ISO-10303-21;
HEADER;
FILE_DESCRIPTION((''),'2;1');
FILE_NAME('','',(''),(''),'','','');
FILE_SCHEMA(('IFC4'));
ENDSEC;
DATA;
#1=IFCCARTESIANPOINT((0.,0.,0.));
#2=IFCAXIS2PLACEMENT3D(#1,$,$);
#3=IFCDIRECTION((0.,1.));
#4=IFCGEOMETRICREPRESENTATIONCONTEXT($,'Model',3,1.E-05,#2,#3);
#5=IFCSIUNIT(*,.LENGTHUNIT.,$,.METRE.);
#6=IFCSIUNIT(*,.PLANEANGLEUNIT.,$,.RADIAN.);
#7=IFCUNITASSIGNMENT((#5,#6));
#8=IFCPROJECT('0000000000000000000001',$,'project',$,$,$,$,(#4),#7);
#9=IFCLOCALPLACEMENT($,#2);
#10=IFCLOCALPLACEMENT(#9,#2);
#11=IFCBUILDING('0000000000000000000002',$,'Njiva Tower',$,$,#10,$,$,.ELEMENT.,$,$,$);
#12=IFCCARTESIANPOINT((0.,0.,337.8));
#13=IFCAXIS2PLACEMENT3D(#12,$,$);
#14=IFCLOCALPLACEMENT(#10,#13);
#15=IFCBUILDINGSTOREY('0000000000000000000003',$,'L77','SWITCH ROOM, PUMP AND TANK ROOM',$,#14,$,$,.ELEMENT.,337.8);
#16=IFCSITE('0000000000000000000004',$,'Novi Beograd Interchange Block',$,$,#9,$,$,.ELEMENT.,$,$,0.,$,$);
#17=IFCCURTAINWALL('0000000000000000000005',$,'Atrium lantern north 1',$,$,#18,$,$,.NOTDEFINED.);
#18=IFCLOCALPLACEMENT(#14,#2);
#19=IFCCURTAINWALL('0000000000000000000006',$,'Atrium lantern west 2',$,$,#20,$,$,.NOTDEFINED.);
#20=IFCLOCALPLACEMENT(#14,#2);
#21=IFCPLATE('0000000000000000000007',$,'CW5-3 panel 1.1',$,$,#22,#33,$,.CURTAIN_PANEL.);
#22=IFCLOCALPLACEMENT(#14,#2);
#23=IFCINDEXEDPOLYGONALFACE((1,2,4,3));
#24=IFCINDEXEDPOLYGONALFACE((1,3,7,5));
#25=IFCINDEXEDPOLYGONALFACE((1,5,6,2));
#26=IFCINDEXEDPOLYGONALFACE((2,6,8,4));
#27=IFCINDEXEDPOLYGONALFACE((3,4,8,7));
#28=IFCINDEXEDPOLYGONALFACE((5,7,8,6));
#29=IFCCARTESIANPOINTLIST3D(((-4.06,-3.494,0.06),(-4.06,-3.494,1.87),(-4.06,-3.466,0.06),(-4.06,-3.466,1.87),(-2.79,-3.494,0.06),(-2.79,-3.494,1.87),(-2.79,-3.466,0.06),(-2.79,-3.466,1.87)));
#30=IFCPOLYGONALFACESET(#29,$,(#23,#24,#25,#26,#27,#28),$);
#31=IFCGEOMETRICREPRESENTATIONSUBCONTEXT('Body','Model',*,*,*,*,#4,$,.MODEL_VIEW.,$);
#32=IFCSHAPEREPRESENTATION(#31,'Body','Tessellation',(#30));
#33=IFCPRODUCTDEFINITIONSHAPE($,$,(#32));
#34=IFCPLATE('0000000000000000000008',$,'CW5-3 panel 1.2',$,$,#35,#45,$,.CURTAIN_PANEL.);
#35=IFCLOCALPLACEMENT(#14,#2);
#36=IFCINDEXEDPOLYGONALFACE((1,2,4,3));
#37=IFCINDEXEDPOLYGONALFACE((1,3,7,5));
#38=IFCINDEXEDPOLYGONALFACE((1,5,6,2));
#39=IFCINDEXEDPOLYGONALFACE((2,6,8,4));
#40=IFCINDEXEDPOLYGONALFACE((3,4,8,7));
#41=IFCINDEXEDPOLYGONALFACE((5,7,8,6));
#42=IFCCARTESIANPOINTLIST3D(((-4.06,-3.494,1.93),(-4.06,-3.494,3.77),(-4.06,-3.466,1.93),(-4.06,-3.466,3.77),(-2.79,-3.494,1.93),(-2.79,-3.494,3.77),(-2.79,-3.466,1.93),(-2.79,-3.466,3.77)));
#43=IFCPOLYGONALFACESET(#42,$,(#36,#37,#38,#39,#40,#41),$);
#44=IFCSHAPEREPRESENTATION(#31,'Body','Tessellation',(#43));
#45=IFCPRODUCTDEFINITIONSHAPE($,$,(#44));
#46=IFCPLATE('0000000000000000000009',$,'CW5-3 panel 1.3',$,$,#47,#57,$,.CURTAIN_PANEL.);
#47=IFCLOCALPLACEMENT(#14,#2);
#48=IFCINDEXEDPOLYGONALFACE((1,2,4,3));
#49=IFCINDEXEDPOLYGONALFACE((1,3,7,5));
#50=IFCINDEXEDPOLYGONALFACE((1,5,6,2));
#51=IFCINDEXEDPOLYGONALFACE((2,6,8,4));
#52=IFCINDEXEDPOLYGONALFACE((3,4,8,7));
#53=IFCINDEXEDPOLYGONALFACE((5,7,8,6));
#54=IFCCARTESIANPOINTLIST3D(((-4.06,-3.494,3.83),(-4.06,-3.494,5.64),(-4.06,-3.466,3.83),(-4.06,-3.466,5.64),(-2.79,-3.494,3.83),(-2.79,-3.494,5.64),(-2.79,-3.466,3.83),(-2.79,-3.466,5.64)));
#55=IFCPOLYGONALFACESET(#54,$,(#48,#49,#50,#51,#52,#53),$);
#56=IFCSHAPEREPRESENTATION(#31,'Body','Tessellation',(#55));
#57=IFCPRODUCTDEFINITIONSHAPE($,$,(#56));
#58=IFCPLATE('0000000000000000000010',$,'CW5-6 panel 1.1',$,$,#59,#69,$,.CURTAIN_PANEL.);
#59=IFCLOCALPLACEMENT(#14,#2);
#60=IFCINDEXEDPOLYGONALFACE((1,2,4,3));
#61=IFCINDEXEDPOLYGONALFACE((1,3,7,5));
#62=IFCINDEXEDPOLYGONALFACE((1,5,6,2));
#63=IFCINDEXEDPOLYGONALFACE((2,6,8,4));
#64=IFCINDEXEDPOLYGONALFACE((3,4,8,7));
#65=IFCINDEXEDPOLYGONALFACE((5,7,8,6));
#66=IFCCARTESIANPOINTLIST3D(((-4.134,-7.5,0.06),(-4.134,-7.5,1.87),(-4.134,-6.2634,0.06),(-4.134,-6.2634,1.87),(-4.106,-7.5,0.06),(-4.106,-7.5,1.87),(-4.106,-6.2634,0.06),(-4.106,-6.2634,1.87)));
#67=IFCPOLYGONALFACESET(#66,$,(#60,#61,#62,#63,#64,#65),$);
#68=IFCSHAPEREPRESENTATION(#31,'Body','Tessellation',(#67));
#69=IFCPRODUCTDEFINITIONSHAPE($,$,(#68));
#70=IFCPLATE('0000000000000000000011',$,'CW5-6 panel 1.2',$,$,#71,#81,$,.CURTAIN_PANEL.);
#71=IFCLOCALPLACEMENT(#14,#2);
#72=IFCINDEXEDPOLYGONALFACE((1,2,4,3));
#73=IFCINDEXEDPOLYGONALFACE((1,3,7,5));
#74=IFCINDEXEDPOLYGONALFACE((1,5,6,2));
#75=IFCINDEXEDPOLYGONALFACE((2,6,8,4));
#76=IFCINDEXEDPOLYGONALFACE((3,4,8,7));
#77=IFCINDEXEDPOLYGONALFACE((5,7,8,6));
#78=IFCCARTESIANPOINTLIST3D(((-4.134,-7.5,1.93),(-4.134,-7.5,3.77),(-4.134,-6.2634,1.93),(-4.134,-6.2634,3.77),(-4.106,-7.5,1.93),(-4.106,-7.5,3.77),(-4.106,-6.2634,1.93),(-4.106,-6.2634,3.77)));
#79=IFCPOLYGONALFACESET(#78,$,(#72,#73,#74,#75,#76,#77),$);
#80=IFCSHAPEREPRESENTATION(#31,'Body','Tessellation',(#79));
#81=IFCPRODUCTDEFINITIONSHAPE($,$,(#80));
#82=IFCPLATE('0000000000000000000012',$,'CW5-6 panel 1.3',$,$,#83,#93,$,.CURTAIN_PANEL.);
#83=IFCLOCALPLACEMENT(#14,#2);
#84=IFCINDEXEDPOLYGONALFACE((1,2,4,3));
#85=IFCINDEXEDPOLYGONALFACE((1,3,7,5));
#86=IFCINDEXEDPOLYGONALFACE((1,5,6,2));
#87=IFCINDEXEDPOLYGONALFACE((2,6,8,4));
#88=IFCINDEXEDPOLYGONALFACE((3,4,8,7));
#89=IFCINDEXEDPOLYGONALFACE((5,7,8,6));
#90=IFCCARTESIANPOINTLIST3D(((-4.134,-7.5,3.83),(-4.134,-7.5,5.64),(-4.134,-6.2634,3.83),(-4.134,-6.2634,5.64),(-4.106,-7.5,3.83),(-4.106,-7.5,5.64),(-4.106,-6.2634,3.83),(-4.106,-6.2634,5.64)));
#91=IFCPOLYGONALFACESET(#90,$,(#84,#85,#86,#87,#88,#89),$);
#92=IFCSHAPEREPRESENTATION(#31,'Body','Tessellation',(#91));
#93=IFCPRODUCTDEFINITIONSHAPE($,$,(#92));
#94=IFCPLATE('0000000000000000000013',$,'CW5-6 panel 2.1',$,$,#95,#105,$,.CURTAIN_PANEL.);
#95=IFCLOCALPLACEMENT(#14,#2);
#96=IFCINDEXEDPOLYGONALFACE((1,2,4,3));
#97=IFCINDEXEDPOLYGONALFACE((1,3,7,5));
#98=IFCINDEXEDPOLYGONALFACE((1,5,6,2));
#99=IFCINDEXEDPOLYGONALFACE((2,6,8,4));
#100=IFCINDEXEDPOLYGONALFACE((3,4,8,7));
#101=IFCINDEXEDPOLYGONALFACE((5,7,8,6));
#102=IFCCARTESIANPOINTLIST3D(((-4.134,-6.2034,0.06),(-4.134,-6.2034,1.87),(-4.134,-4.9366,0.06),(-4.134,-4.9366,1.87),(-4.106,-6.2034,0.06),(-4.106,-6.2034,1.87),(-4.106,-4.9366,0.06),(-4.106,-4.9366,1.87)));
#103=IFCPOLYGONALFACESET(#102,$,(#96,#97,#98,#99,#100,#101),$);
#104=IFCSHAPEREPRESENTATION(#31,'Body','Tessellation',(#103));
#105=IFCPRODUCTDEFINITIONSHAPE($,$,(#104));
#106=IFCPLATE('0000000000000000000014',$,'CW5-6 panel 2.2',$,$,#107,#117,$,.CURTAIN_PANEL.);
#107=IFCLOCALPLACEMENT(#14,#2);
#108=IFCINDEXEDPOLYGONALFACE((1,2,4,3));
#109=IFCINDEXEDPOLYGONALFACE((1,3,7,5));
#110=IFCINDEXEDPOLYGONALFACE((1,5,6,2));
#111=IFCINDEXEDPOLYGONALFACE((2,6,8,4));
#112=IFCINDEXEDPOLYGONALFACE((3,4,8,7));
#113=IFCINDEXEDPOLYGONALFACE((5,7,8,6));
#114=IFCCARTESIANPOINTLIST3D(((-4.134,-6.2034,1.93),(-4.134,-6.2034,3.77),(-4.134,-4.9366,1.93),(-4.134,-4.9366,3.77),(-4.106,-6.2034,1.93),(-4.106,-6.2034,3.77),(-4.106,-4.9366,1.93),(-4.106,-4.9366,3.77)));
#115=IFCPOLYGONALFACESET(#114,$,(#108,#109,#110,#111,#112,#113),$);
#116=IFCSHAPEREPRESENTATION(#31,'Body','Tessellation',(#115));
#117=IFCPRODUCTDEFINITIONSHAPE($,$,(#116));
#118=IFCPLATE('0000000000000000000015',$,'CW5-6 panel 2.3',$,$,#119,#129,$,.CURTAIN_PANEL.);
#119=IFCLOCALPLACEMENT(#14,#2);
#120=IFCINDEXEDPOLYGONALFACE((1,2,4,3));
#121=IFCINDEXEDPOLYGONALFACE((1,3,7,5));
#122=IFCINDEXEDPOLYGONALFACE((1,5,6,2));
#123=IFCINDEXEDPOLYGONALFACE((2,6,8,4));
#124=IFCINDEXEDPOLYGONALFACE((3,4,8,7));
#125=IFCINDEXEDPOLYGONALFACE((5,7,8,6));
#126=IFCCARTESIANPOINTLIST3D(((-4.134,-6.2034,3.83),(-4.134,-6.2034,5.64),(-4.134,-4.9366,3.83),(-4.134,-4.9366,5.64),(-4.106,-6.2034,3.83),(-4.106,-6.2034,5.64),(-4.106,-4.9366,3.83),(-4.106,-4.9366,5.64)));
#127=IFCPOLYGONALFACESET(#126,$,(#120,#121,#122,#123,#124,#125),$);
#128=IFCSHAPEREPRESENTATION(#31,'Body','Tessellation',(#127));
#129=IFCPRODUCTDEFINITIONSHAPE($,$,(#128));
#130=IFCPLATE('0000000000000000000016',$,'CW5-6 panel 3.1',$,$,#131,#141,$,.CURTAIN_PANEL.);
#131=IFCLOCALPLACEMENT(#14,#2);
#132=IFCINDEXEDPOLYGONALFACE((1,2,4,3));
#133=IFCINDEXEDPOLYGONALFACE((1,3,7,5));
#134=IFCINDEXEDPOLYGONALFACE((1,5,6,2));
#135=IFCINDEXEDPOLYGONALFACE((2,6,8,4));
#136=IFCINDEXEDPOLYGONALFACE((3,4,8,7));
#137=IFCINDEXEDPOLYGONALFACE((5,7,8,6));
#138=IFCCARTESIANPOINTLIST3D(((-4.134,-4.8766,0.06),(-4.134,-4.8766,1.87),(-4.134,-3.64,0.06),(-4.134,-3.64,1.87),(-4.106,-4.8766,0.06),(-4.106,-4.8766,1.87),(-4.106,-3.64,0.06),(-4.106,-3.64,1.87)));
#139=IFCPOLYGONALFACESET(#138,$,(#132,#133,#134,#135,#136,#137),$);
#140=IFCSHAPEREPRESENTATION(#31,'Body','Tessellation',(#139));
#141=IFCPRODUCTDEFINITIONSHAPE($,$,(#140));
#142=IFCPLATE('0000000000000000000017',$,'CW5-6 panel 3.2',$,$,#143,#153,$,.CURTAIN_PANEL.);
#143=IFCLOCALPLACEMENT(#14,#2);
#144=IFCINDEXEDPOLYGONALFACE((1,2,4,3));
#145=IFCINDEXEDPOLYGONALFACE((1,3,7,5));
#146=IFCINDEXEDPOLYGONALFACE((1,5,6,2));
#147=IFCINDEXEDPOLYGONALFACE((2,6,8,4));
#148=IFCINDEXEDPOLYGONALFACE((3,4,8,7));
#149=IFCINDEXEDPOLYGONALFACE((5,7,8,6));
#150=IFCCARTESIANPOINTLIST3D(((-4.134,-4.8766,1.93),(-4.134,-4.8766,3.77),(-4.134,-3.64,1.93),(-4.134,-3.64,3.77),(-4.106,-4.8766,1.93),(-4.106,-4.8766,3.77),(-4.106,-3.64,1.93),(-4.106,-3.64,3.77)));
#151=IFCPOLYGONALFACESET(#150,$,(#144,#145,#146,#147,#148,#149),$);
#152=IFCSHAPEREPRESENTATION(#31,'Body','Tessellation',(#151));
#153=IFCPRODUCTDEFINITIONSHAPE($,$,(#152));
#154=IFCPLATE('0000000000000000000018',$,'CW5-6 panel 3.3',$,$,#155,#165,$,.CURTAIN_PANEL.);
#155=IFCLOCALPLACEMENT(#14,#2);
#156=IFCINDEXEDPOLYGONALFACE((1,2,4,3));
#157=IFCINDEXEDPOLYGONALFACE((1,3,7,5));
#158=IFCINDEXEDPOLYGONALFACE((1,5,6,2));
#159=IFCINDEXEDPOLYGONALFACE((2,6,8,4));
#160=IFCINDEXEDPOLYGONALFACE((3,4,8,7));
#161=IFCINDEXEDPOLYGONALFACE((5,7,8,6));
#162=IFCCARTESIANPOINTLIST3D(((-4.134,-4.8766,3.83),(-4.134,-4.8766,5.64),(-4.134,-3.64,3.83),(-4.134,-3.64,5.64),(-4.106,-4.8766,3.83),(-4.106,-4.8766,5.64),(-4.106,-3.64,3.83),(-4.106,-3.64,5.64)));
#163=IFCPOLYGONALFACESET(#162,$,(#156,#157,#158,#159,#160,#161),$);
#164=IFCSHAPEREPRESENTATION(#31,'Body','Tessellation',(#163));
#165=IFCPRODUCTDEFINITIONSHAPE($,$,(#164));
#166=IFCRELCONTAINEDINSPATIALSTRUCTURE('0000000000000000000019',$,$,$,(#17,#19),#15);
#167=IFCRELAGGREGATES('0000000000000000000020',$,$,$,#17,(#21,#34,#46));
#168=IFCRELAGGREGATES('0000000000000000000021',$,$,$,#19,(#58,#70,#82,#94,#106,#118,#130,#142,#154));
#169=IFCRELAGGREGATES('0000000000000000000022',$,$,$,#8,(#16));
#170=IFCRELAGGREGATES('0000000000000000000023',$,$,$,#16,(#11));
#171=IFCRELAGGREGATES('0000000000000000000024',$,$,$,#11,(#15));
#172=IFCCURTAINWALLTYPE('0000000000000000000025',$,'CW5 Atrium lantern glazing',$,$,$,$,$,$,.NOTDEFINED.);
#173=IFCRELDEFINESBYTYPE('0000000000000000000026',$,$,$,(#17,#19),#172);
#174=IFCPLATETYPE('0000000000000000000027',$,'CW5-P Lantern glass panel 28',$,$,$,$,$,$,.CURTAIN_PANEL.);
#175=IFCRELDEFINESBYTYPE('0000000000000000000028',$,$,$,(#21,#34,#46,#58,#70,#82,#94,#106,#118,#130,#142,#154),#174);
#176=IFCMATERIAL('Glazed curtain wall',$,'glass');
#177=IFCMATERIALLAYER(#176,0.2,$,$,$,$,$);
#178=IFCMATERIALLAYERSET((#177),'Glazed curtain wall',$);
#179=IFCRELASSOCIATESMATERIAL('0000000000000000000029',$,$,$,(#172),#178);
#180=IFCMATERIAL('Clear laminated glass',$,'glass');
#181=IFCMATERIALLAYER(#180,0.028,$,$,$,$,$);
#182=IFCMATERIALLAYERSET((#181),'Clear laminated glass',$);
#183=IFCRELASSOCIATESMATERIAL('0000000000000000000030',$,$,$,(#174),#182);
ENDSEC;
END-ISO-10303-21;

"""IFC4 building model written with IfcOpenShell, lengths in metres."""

from ifc_helpers import new_model, si_unit, direction, frame, origin, origin_2d, place, context, subcontext, project, spatial, rectangle, extrude, material, layer, layer_set, type_object, element, aggregate, save


model = new_model("IFC4")

# Units and contexts
model_context = context("Model", 3, precision=1e-05, world=origin(), true_north=direction((0.0, 1.0)))
body_context = subcontext(model_context, "Body", "Model", "MODEL_VIEW")
ifc_project = project(units=[si_unit("LENGTHUNIT", "METRE"), si_unit("PLANEANGLEUNIT", "RADIAN")], contexts=[model_context])

# Site, building, storey
site_placement = place(None, origin())
site = spatial("IfcSite", under=ifc_project, at=site_placement, Name="Novi Beograd Interchange Block", CompositionType="ELEMENT", RefElevation=0.0)
building_placement = place(site_placement, origin())
building = spatial("IfcBuilding", under=site, at=building_placement, Name="Njiva Tower", CompositionType="ELEMENT")
storey_placement = place(building_placement, frame((0.0, 0.0, 337.8)))
storey = spatial("IfcBuildingStorey", under=building, at=storey_placement, Name="L77", Description="SWITCH ROOM, PUMP AND TANK ROOM", CompositionType="ELEMENT", Elevation=337.8)

# Curtain walls
ifc_material_1 = material(Name="Glazed curtain wall", Category="glass")
ifc_layer_1 = layer(ifc_material_1, 0.2)
ifc_layer_set_1 = layer_set([ifc_layer_1], Name="Glazed curtain wall")
curtain_wall_type = type_object("IfcCurtainWallType", Name="CW5 Atrium lantern glazing", PredefinedType="NOTDEFINED", material=ifc_layer_set_1)
curtain_wall_1_placement = place(storey_placement, origin())
curtain_wall_1 = element("IfcCurtainWall", 1, at=curtain_wall_1_placement, inside=storey, type_object=curtain_wall_type, Name="Atrium lantern north 1", PredefinedType="NOTDEFINED")
curtain_wall_2_placement = place(storey_placement, origin())
curtain_wall_2 = element("IfcCurtainWall", 2, at=curtain_wall_2_placement, inside=storey, type_object=curtain_wall_type, Name="Atrium lantern west 2", PredefinedType="NOTDEFINED")

# Plates
ifc_material_2 = material(Name="Clear laminated glass", Category="glass")
ifc_layer_2 = layer(ifc_material_2, 0.028)
ifc_layer_set_2 = layer_set([ifc_layer_2], Name="Clear laminated glass")
plate_type = type_object("IfcPlateType", Name="CW5-P Lantern glass panel 28", PredefinedType="CURTAIN_PANEL", material=ifc_layer_set_2)
plate_1_placement = place(storey_placement, frame((-3.425, -3.48, 0.06), z_axis=(0.0, 0.0, 1.0), x_axis=(1.0, 0.0, 0.0)))
plate_1 = element("IfcPlate", 3, at=plate_1_placement, type_object=plate_type, Name="CW5-3 panel 1.1", PredefinedType="CURTAIN_PANEL", context=body_context, shape_type="SweptSolid", body=[
    extrude(rectangle(XDim=1.27, YDim=0.028, at=origin_2d()), origin(), (0.0, 0.0, 1.0), 1.81),
])
plate_2_placement = place(storey_placement, frame((-3.425, -3.48, 1.93), z_axis=(0.0, 0.0, 1.0), x_axis=(1.0, 0.0, 0.0)))
plate_2 = element("IfcPlate", 4, at=plate_2_placement, type_object=plate_type, Name="CW5-3 panel 1.2", PredefinedType="CURTAIN_PANEL", context=body_context, shape_type="SweptSolid", body=[
    extrude(rectangle(XDim=1.27, YDim=0.028, at=origin_2d()), origin(), (0.0, 0.0, 1.0), 1.84),
])
plate_3_placement = place(storey_placement, frame((-3.425, -3.48, 3.83), z_axis=(0.0, 0.0, 1.0), x_axis=(1.0, 0.0, 0.0)))
plate_3 = element("IfcPlate", 5, at=plate_3_placement, type_object=plate_type, Name="CW5-3 panel 1.3", PredefinedType="CURTAIN_PANEL", context=body_context, shape_type="SweptSolid", body=[
    extrude(rectangle(XDim=1.27, YDim=0.028, at=origin_2d()), origin(), (0.0, 0.0, 1.0), 1.81),
])
aggregate(curtain_wall_1, [plate_1, plate_2, plate_3])
plate_4_placement = place(storey_placement, frame((-4.12, -6.8817, 0.06), z_axis=(0.0, 0.0, 1.0), x_axis=(0.0, 1.0, 0.0)))
plate_4 = element("IfcPlate", 6, at=plate_4_placement, type_object=plate_type, Name="CW5-6 panel 1.1", PredefinedType="CURTAIN_PANEL", context=body_context, shape_type="SweptSolid", body=[
    extrude(rectangle(XDim=1.2367, YDim=0.028, at=origin_2d()), origin(), (0.0, 0.0, 1.0), 1.81),
])
plate_5_placement = place(storey_placement, frame((-4.12, -6.8817, 1.93), z_axis=(0.0, 0.0, 1.0), x_axis=(0.0, 1.0, 0.0)))
plate_5 = element("IfcPlate", 7, at=plate_5_placement, type_object=plate_type, Name="CW5-6 panel 1.2", PredefinedType="CURTAIN_PANEL", context=body_context, shape_type="SweptSolid", body=[
    extrude(rectangle(XDim=1.2367, YDim=0.028, at=origin_2d()), origin(), (0.0, 0.0, 1.0), 1.84),
])
plate_6_placement = place(storey_placement, frame((-4.12, -6.8817, 3.83), z_axis=(0.0, 0.0, 1.0), x_axis=(0.0, 1.0, 0.0)))
plate_6 = element("IfcPlate", 8, at=plate_6_placement, type_object=plate_type, Name="CW5-6 panel 1.3", PredefinedType="CURTAIN_PANEL", context=body_context, shape_type="SweptSolid", body=[
    extrude(rectangle(XDim=1.2367, YDim=0.028, at=origin_2d()), origin(), (0.0, 0.0, 1.0), 1.81),
])
plate_7_placement = place(storey_placement, frame((-4.12, -5.57, 0.06), z_axis=(0.0, 0.0, 1.0), x_axis=(0.0, 1.0, 0.0)))
plate_7 = element("IfcPlate", 9, at=plate_7_placement, type_object=plate_type, Name="CW5-6 panel 2.1", PredefinedType="CURTAIN_PANEL", context=body_context, shape_type="SweptSolid", body=[
    extrude(rectangle(XDim=1.2667, YDim=0.028, at=origin_2d()), origin(), (0.0, 0.0, 1.0), 1.81),
])
plate_8_placement = place(storey_placement, frame((-4.12, -5.57, 1.93), z_axis=(0.0, 0.0, 1.0), x_axis=(0.0, 1.0, 0.0)))
plate_8 = element("IfcPlate", 10, at=plate_8_placement, type_object=plate_type, Name="CW5-6 panel 2.2", PredefinedType="CURTAIN_PANEL", context=body_context, shape_type="SweptSolid", body=[
    extrude(rectangle(XDim=1.2667, YDim=0.028, at=origin_2d()), origin(), (0.0, 0.0, 1.0), 1.84),
])
plate_9_placement = place(storey_placement, frame((-4.12, -5.57, 3.83), z_axis=(0.0, 0.0, 1.0), x_axis=(0.0, 1.0, 0.0)))
plate_9 = element("IfcPlate", 11, at=plate_9_placement, type_object=plate_type, Name="CW5-6 panel 2.3", PredefinedType="CURTAIN_PANEL", context=body_context, shape_type="SweptSolid", body=[
    extrude(rectangle(XDim=1.2667, YDim=0.028, at=origin_2d()), origin(), (0.0, 0.0, 1.0), 1.81),
])
plate_10_placement = place(storey_placement, frame((-4.12, -4.2583, 0.06), z_axis=(0.0, 0.0, 1.0), x_axis=(0.0, 1.0, 0.0)))
plate_10 = element("IfcPlate", 12, at=plate_10_placement, type_object=plate_type, Name="CW5-6 panel 3.1", PredefinedType="CURTAIN_PANEL", context=body_context, shape_type="SweptSolid", body=[
    extrude(rectangle(XDim=1.2367, YDim=0.028, at=origin_2d()), origin(), (0.0, 0.0, 1.0), 1.81),
])
plate_11_placement = place(storey_placement, frame((-4.12, -4.2583, 1.93), z_axis=(0.0, 0.0, 1.0), x_axis=(0.0, 1.0, 0.0)))
plate_11 = element("IfcPlate", 13, at=plate_11_placement, type_object=plate_type, Name="CW5-6 panel 3.2", PredefinedType="CURTAIN_PANEL", context=body_context, shape_type="SweptSolid", body=[
    extrude(rectangle(XDim=1.2367, YDim=0.028, at=origin_2d()), origin(), (0.0, 0.0, 1.0), 1.84),
])
plate_12_placement = place(storey_placement, frame((-4.12, -4.2583, 3.83), z_axis=(0.0, 0.0, 1.0), x_axis=(0.0, 1.0, 0.0)))
plate_12 = element("IfcPlate", 14, at=plate_12_placement, type_object=plate_type, Name="CW5-6 panel 3.3", PredefinedType="CURTAIN_PANEL", context=body_context, shape_type="SweptSolid", body=[
    extrude(rectangle(XDim=1.2367, YDim=0.028, at=origin_2d()), origin(), (0.0, 0.0, 1.0), 1.81),
])
aggregate(curtain_wall_2, [plate_4, plate_5, plate_6, plate_7, plate_8, plate_9, plate_10, plate_11, plate_12])

save(model, "model.ifc")
